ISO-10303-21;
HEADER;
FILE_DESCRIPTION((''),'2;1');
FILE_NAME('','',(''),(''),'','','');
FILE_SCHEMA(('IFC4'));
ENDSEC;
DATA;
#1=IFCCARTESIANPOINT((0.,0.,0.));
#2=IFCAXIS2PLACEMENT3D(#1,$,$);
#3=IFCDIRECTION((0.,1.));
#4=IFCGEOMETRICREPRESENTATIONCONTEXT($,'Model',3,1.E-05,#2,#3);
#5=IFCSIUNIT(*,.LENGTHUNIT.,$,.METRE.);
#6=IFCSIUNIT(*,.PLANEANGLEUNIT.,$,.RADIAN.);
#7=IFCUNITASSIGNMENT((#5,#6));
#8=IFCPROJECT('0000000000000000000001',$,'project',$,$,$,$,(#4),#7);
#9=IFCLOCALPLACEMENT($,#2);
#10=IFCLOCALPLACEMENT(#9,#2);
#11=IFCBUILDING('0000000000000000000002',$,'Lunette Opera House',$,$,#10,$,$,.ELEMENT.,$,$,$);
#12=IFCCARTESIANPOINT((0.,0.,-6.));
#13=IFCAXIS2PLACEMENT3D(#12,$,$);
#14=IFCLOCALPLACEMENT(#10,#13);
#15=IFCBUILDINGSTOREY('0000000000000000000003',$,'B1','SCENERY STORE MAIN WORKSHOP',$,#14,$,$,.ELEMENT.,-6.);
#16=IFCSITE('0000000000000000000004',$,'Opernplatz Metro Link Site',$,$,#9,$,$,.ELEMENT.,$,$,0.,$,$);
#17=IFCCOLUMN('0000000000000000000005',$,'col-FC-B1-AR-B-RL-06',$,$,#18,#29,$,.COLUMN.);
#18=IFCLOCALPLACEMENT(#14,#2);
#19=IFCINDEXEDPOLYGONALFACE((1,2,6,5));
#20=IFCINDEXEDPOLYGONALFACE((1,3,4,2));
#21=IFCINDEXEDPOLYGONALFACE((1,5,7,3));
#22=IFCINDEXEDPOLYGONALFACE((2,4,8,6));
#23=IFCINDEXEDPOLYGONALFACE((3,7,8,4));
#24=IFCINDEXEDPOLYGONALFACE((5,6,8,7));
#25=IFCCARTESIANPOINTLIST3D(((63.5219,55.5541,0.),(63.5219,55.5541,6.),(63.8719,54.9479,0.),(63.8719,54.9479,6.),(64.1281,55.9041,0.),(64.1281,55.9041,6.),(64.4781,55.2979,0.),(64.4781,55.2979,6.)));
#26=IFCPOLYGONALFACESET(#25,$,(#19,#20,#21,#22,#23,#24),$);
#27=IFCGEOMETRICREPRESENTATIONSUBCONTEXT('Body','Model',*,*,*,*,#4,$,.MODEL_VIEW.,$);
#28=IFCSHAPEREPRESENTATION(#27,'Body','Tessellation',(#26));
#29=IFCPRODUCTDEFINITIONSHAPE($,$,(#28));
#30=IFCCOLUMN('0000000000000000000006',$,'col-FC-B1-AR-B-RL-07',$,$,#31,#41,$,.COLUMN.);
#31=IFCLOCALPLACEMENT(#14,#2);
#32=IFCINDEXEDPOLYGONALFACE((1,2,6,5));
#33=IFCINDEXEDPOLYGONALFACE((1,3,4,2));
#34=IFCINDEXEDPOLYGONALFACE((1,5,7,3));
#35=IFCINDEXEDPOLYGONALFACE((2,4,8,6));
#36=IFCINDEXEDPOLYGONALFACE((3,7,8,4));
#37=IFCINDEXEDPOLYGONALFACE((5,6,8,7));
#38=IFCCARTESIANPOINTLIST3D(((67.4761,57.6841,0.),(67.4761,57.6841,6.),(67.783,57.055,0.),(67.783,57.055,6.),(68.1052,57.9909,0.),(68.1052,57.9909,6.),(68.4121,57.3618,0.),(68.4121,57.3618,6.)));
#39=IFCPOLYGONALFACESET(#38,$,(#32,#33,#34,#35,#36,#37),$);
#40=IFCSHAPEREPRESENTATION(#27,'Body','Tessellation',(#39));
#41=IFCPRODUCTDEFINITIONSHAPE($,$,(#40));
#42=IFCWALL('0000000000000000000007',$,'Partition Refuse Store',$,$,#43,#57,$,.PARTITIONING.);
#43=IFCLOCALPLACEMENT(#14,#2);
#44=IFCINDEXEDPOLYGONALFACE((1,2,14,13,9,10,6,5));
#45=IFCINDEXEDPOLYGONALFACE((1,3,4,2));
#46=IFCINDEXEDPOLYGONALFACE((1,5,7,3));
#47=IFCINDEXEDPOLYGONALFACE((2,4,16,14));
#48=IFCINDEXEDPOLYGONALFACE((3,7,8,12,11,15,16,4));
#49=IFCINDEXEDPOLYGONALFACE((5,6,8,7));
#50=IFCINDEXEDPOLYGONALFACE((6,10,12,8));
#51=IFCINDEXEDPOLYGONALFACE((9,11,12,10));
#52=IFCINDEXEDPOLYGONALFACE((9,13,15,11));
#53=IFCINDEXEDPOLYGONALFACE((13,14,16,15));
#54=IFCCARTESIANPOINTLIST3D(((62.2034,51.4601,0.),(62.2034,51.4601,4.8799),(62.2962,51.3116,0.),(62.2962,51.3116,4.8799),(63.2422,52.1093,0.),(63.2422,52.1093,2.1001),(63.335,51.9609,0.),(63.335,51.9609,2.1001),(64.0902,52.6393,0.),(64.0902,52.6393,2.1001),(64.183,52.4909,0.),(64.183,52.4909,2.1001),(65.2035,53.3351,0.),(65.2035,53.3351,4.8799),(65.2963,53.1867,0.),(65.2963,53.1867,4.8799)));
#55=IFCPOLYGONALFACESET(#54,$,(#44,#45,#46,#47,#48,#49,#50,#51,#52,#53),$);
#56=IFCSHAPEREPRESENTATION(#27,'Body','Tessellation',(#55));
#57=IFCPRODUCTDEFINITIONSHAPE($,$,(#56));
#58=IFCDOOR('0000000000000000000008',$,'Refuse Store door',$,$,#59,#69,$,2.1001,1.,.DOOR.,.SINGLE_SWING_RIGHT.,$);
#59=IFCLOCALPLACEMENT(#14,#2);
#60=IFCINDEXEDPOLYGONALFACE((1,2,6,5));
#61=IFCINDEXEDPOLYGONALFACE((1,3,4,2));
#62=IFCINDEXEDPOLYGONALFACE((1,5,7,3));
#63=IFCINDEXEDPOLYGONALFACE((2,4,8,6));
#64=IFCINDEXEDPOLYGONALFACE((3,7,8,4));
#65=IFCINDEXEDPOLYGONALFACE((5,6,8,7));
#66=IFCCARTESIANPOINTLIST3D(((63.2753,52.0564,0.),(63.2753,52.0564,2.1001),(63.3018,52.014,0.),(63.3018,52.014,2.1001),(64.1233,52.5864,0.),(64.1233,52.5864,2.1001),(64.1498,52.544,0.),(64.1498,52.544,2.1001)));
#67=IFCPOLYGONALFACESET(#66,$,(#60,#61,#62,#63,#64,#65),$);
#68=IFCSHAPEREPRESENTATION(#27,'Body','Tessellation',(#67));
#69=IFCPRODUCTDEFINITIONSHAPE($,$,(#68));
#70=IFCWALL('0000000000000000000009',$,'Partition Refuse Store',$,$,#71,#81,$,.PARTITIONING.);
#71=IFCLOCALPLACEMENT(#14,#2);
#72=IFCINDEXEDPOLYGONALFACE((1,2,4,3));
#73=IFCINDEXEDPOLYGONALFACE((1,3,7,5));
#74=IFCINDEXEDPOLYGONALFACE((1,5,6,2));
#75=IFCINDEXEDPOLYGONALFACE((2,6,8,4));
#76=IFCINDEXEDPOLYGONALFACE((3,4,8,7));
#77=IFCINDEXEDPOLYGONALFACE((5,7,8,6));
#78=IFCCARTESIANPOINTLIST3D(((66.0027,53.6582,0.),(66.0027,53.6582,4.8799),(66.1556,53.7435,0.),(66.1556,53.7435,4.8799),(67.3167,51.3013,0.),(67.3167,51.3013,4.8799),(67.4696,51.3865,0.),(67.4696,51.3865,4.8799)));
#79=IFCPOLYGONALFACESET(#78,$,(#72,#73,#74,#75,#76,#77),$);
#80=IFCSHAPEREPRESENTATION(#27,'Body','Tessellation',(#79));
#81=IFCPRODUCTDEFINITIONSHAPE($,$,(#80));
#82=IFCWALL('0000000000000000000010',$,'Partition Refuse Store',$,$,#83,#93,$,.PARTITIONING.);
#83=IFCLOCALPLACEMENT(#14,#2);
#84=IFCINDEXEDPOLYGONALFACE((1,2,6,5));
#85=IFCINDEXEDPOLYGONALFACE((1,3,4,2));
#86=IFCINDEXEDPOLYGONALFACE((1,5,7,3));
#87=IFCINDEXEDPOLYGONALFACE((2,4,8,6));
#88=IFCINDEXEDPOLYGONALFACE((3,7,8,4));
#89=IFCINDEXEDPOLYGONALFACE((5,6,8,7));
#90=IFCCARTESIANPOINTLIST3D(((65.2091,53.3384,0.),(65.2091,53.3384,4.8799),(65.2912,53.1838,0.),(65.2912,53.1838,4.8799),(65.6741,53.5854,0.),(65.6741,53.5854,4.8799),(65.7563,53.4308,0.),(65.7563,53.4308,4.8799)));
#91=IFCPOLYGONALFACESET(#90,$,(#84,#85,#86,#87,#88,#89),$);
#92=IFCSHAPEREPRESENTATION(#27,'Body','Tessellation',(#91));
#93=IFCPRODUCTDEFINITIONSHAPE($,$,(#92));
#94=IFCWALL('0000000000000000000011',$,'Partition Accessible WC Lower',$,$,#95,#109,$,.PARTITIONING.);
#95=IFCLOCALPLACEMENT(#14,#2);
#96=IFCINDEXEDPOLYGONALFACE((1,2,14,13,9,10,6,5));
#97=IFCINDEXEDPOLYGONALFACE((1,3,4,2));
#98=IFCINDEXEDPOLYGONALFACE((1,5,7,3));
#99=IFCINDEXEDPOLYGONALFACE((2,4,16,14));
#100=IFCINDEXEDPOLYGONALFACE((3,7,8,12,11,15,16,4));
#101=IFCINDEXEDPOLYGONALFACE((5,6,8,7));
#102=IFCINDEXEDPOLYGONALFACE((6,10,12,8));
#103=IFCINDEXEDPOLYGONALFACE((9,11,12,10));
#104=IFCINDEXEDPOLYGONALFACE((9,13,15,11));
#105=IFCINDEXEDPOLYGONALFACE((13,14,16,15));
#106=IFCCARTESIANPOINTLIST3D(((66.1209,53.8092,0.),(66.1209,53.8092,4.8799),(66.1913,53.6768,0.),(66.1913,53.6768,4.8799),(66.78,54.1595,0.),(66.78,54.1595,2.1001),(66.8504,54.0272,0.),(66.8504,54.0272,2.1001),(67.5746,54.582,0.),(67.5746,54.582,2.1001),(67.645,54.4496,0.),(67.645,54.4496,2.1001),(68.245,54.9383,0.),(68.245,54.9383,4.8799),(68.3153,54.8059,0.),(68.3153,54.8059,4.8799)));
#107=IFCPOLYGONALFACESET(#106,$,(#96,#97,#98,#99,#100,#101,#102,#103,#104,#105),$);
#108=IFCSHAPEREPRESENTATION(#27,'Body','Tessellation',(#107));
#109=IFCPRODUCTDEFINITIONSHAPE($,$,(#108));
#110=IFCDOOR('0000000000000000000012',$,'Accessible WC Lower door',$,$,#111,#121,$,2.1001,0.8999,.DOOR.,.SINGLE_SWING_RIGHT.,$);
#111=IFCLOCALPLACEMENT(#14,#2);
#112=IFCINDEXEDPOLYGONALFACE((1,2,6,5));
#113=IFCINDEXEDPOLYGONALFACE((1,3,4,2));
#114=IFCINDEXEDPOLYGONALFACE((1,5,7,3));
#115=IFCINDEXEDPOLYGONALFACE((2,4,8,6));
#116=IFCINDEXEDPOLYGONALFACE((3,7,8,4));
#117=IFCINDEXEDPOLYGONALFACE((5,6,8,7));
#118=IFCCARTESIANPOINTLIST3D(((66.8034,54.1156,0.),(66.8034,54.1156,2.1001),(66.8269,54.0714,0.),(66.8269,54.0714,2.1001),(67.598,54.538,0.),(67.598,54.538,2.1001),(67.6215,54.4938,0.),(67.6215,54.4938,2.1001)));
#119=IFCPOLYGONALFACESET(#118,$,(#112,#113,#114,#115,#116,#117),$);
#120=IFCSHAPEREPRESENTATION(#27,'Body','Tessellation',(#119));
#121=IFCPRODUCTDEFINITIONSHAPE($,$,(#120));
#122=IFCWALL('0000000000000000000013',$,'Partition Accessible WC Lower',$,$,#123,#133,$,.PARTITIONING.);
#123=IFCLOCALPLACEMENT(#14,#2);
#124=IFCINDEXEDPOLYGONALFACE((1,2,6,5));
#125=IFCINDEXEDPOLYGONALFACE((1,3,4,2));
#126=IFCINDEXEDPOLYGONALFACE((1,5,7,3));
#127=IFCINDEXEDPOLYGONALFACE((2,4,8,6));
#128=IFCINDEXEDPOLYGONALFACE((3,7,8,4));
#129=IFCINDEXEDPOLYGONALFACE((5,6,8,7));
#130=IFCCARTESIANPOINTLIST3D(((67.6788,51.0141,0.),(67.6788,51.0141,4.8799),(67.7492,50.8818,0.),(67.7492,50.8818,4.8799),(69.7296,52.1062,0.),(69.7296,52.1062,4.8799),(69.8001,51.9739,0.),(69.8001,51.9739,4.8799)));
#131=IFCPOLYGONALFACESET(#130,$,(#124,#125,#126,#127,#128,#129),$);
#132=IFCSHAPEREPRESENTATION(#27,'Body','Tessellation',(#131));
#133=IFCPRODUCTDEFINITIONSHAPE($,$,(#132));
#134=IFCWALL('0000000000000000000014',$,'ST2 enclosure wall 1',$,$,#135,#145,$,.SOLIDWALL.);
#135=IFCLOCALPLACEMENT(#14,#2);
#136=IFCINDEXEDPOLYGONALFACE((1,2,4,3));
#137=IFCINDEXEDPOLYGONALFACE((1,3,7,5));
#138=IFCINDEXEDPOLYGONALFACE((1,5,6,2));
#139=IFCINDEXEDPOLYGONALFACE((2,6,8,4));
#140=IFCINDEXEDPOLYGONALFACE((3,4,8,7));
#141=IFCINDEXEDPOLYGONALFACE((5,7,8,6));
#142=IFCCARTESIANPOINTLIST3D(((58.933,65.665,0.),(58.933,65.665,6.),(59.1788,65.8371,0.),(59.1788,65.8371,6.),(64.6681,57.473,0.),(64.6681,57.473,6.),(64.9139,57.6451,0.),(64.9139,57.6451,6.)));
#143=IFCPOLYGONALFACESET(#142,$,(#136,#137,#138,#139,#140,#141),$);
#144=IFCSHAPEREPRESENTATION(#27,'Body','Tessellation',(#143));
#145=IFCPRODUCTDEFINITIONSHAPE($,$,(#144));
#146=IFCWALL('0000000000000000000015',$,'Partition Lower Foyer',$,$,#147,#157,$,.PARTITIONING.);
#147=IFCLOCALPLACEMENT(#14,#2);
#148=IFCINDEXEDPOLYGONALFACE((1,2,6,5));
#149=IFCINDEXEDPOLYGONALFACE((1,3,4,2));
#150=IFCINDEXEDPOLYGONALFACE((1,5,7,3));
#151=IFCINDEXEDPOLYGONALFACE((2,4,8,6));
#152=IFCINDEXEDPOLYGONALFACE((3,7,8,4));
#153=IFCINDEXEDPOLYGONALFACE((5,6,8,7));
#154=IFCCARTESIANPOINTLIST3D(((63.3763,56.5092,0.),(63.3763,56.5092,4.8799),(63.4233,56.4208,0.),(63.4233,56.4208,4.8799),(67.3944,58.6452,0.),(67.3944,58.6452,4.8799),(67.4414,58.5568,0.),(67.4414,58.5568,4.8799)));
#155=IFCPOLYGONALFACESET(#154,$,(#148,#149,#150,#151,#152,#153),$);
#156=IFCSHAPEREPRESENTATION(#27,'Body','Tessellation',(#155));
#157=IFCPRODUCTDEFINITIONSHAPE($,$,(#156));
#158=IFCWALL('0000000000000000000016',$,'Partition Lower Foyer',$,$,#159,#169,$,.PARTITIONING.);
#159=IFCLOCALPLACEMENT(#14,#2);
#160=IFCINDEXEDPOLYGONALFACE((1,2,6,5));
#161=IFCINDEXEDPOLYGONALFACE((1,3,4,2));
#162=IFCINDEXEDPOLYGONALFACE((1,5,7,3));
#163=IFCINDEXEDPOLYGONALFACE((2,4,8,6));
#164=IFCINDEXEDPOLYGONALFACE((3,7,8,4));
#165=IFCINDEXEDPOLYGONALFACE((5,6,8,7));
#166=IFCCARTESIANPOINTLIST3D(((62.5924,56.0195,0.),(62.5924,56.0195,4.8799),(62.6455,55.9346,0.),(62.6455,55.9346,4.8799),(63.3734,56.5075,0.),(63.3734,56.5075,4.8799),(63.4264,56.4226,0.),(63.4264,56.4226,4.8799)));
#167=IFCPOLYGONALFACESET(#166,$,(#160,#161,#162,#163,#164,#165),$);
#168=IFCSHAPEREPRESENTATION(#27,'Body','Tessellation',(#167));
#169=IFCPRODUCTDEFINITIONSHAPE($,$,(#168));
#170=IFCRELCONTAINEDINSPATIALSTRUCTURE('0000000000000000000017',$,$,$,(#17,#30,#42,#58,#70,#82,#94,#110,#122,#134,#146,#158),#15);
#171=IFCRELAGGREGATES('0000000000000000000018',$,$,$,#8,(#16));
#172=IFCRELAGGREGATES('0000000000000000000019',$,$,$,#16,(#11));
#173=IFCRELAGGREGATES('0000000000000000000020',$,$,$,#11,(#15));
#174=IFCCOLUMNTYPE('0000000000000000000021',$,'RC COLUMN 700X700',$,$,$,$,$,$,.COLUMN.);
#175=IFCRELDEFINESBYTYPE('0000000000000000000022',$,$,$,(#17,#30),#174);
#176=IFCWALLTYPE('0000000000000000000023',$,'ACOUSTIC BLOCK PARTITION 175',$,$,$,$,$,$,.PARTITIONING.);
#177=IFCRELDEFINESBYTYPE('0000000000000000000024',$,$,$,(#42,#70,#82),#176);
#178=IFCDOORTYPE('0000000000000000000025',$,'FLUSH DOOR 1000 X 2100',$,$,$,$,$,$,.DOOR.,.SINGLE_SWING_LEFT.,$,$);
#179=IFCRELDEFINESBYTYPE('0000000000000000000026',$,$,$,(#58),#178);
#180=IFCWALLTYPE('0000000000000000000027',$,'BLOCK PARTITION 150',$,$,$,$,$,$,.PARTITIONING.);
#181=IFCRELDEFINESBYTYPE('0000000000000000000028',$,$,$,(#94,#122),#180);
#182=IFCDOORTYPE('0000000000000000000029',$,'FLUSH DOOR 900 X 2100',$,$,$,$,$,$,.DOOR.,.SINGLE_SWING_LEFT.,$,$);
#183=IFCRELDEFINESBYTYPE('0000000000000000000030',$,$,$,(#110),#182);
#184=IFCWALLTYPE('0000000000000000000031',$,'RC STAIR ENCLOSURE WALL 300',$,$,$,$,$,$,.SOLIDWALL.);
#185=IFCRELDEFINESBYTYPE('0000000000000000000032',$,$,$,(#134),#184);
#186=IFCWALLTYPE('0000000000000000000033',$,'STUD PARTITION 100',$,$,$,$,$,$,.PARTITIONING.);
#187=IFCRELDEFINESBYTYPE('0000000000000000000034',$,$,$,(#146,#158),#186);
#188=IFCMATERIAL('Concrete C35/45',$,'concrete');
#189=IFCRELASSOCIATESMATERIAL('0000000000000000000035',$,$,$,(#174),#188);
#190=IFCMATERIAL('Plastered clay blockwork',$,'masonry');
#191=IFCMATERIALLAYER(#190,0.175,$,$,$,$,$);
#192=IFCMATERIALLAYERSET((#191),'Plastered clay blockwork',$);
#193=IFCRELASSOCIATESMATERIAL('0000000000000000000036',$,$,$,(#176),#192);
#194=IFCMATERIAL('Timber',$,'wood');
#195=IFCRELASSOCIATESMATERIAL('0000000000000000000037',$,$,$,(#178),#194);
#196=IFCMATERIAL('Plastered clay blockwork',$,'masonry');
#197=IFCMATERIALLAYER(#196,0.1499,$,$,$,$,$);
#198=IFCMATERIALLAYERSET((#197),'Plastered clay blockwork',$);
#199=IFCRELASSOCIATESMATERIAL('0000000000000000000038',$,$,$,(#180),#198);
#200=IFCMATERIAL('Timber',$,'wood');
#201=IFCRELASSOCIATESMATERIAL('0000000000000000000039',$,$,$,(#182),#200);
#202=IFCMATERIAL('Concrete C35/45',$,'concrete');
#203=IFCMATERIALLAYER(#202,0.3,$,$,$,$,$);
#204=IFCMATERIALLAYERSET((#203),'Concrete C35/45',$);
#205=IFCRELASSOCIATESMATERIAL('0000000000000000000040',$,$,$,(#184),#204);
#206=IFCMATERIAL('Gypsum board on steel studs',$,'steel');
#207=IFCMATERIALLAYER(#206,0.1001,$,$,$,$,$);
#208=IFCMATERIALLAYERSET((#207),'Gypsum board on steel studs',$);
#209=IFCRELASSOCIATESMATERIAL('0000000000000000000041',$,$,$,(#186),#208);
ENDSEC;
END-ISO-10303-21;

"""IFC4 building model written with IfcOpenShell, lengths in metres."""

from ifc_helpers import new_model, si_unit, direction, frame, frame_2d, origin, origin_2d, place, context, subcontext, project, spatial, rectangle, extrude, material, layer, layer_set, material_profile, profile_set, type_object, element, fill, save


model = new_model("IFC4")

# Units and contexts
model_context = context("Model", 3, precision=1e-05, world=origin(), true_north=direction((0.0, 1.0)))
body_context = subcontext(model_context, "Body", "Model", "MODEL_VIEW")
ifc_project = project(units=[si_unit("LENGTHUNIT", "METRE"), si_unit("PLANEANGLEUNIT", "RADIAN")], contexts=[model_context])

# Site, building, storey
site_placement = place(None, origin())
site = spatial("IfcSite", under=ifc_project, at=site_placement, Name="Opernplatz Metro Link Site", CompositionType="ELEMENT", RefElevation=0.0)
building_placement = place(site_placement, origin())
building = spatial("IfcBuilding", under=site, at=building_placement, Name="Lunette Opera House", CompositionType="ELEMENT")
storey_placement = place(building_placement, frame((0.0, 0.0, -6.0)))
storey = spatial("IfcBuildingStorey", under=building, at=storey_placement, Name="B1", Description="SCENERY STORE MAIN WORKSHOP", CompositionType="ELEMENT", Elevation=-6.0)

# Columns
ifc_material_1 = material(Name="Concrete C35/45", Category="concrete")
ifc_material_profile_1 = material_profile(ifc_material_1, rectangle(XDim=0.7, YDim=0.7, at=origin_2d()), Name="RC COLUMN 700X700")
ifc_profile_set_1 = profile_set([ifc_material_profile_1], Name="Concrete C35/45")
column_type = type_object("IfcColumnType", Name="RC COLUMN 700X700", PredefinedType="COLUMN", material=ifc_profile_set_1)
for number, where, z_axis, x_axis, name in (
    (1, (64.0, 55.426, 0.0), (0.0, 0.0, 1.0), (0.866025, 0.5, 0.0), "col-FC-B1-AR-B-RL-06"),
    (2, (67.9441, 57.5229, 0.0), (0.0, 0.0, 1.0), (0.898794, 0.438371, 0.0), "col-FC-B1-AR-B-RL-07"),
):
    element("IfcColumn", number, at=place(storey_placement, frame(where, z_axis=z_axis, x_axis=x_axis)), inside=storey, type_object=column_type, Name=name, PredefinedType="COLUMN", context=body_context, shape_type="SweptSolid", body=[
        extrude(rectangle(XDim=0.7, YDim=0.7, at=origin_2d()), origin(), (0.0, 0.0, 1.0), 6.0),
    ])

# Wall, opening, door
ifc_material_2 = material(Name="Plastered clay blockwork", Category="masonry")
ifc_layer_1 = layer(ifc_material_2, 0.175)
ifc_layer_set_1 = layer_set([ifc_layer_1], Name="Plastered clay blockwork")
wall_type_1 = type_object("IfcWallType", Name="ACOUSTIC BLOCK PARTITION 175", PredefinedType="PARTITIONING", material=ifc_layer_set_1)
wall_1_placement = place(storey_placement, frame((65.25, 53.261, 0.0), z_axis=(0.0, 0.0, 1.0), x_axis=(-0.847998, -0.529999, 0.0)))
wall_1 = element("IfcWall", 3, at=wall_1_placement, inside=storey, type_object=wall_type_1, Name="Partition Refuse Store", PredefinedType="PARTITIONING", context=body_context, shape_type="SweptSolid", body=[
    extrude(rectangle(XDim=3.5378, YDim=0.175, at=frame_2d((1.769, 0.0))), origin(), (0.0, 0.0, 1.0), 4.8799),
])
opening_1_placement = place(wall_1_placement, frame((1.313, 0.0, 0.0)))
opening_1 = element("IfcOpeningElement", 4, at=opening_1_placement, cuts=wall_1, PredefinedType="OPENING", context=body_context, shape_type="SweptSolid", body=[
    extrude(rectangle(XDim=1.0, YDim=2.1001, at=frame_2d((0.5, 1.05))), frame((0.0, 0.0996, 0.0), z_axis=(0.0, -1.0, 0.0), x_axis=(1.0, 0.0, 0.0)), (0.0, 0.0, 1.0), 0.199),
])
ifc_material_3 = material(Name="Timber", Category="wood")
door_type_1 = type_object("IfcDoorType", Name="FLUSH DOOR 1000 X 2100", OperationType="SINGLE_SWING_LEFT", PredefinedType="DOOR", material=ifc_material_3)
door_1_placement = place(opening_1_placement, origin())
door_1 = element("IfcDoor", 5, at=door_1_placement, inside=storey, type_object=door_type_1, Name="Refuse Store door", OperationType="SINGLE_SWING_RIGHT", OverallHeight=2.1001, OverallWidth=1.0, PredefinedType="DOOR", context=body_context, shape_type="SweptSolid", body=[
    extrude(rectangle(XDim=1.0, YDim=2.1001, at=frame_2d((0.5, 1.05))), frame((0.0, 0.0249, 0.0), z_axis=(0.0, -1.0, 0.0), x_axis=(1.0, 0.0, 0.0)), (0.0, 0.0, 1.0), 0.05),
])
fill(opening_1, door_1)

# Walls
wall_2_placement = place(storey_placement, frame((67.3931, 51.344, 0.0), z_axis=(0.0, 0.0, 1.0), x_axis=(-0.486933, 0.873439, 0.0)))
element("IfcWall", 6, at=wall_2_placement, inside=storey, type_object=wall_type_1, Name="Partition Refuse Store", PredefinedType="PARTITIONING", context=body_context, shape_type="SweptSolid", body=[
    extrude(rectangle(XDim=2.6985, YDim=0.175, at=frame_2d((1.3491, 0.0))), origin(), (0.0, 0.0, 1.0), 4.8799),
])
wall_3_placement = place(storey_placement, frame((65.7151, 53.5081, 0.0), z_axis=(0.0, 0.0, 1.0), x_axis=(-0.883122, -0.469144, 0.0)))
element("IfcWall", 7, at=wall_3_placement, inside=storey, type_object=wall_type_1, Name="Partition Refuse Store", PredefinedType="PARTITIONING", context=body_context, shape_type="SweptSolid", body=[
    extrude(rectangle(XDim=0.5266, YDim=0.175, at=frame_2d((0.2632, 0.0))), origin(), (0.0, 0.0, 1.0), 4.8799),
])

# Wall, opening, door
ifc_material_4 = material(Name="Plastered clay blockwork", Category="masonry")
ifc_layer_2 = layer(ifc_material_4, 0.1499)
ifc_layer_set_2 = layer_set([ifc_layer_2], Name="Plastered clay blockwork")
wall_type_2 = type_object("IfcWallType", Name="BLOCK PARTITION 150", PredefinedType="PARTITIONING", material=ifc_layer_set_2)
wall_4_placement = place(storey_placement, frame((68.28, 54.8721, 0.0), z_axis=(0.0, 0.0, 1.0), x_axis=(-0.882984, -0.469403, 0.0)))
wall_4 = element("IfcWall", 8, at=wall_4_placement, inside=storey, type_object=wall_type_2, Name="Partition Accessible WC Lower", PredefinedType="PARTITIONING", context=body_context, shape_type="SweptSolid", body=[
    extrude(rectangle(XDim=2.4055, YDim=0.1499, at=frame_2d((1.2026, 0.0))), origin(), (0.0, 0.0, 1.0), 4.8799),
])
opening_2_placement = place(wall_4_placement, frame((0.759, 0.0, 0.0)))
opening_2 = element("IfcOpeningElement", 9, at=opening_2_placement, cuts=wall_4, PredefinedType="OPENING", context=body_context, shape_type="SweptSolid", body=[
    extrude(rectangle(XDim=0.8999, YDim=2.1001, at=frame_2d((0.45, 1.05))), frame((0.0, 0.0869, 0.0), z_axis=(0.0, -1.0, 0.0), x_axis=(1.0, 0.0, 0.0)), (0.0, 0.0, 1.0), 0.1738),
])
ifc_material_5 = material(Name="Timber", Category="wood")
door_type_2 = type_object("IfcDoorType", Name="FLUSH DOOR 900 X 2100", OperationType="SINGLE_SWING_LEFT", PredefinedType="DOOR", material=ifc_material_5)
door_2_placement = place(opening_2_placement, origin())
door_2 = element("IfcDoor", 10, at=door_2_placement, inside=storey, type_object=door_type_2, Name="Accessible WC Lower door", OperationType="SINGLE_SWING_RIGHT", OverallHeight=2.1001, OverallWidth=0.8999, PredefinedType="DOOR", context=body_context, shape_type="SweptSolid", body=[
    extrude(rectangle(XDim=0.8999, YDim=2.1001, at=frame_2d((0.45, 1.05))), frame((0.0, 0.0249, 0.0), z_axis=(0.0, -1.0, 0.0), x_axis=(1.0, 0.0, 0.0)), (0.0, 0.0, 1.0), 0.05),
])
fill(opening_2, door_2)

# Walls
wall_5_placement = place(storey_placement, frame((67.7141, 50.948, 0.0), z_axis=(0.0, 0.0, 1.0), x_axis=(0.882658, 0.470015, 0.0)))
element("IfcWall", 11, at=wall_5_placement, inside=storey, type_object=wall_type_2, Name="Partition Accessible WC Lower", PredefinedType="PARTITIONING", context=body_context, shape_type="SweptSolid", body=[
    extrude(rectangle(XDim=2.3235, YDim=0.1499, at=frame_2d((1.1616, 0.0))), origin(), (0.0, 0.0, 1.0), 4.8799),
])
ifc_material_6 = material(Name="Concrete C35/45", Category="concrete")
ifc_layer_3 = layer(ifc_material_6, 0.3)
ifc_layer_set_3 = layer_set([ifc_layer_3], Name="Concrete C35/45")
wall_type_3 = type_object("IfcWallType", Name="RC STAIR ENCLOSURE WALL 300", PredefinedType="SOLIDWALL", material=ifc_layer_set_3)
wall_6_placement = place(storey_placement, frame((64.791, 57.5591, 0.0), z_axis=(0.0, 0.0, 1.0), x_axis=(-0.573515, 0.819195, 0.0)))
element("IfcWall", 12, at=wall_6_placement, inside=storey, type_object=wall_type_3, Name="ST2 enclosure wall 1", PredefinedType="SOLIDWALL", context=body_context, shape_type="SweptSolid", body=[
    extrude(rectangle(XDim=10.0, YDim=0.3, at=frame_2d((5.0, 0.0))), origin(), (0.0, 0.0, 1.0), 6.0),
])
ifc_material_7 = material(Name="Gypsum board on steel studs", Category="steel")
ifc_layer_4 = layer(ifc_material_7, 0.1001)
ifc_layer_set_4 = layer_set([ifc_layer_4], Name="Gypsum board on steel studs")
wall_type_4 = type_object("IfcWallType", Name="STUD PARTITION 100", PredefinedType="PARTITIONING", material=ifc_layer_set_4)
wall_7_placement = place(storey_placement, frame((67.418, 58.6011, 0.0), z_axis=(0.0, 0.0, 1.0), x_axis=(-0.882989, -0.469393, 0.0)))
element("IfcWall", 13, at=wall_7_placement, inside=storey, type_object=wall_type_4, Name="Partition Lower Foyer", PredefinedType="PARTITIONING", context=body_context, shape_type="SweptSolid", body=[
    extrude(rectangle(XDim=4.5505, YDim=0.1001, at=frame_2d((2.2754, 0.0))), origin(), (0.0, 0.0, 1.0), 4.8799),
])
wall_8_placement = place(storey_placement, frame((63.3999, 56.4651, 0.0), z_axis=(0.0, 0.0, 1.0), x_axis=(-0.848043, -0.529927, 0.0)))
element("IfcWall", 14, at=wall_8_placement, inside=storey, type_object=wall_type_4, Name="Partition Lower Foyer", PredefinedType="PARTITIONING", context=body_context, shape_type="SweptSolid", body=[
    extrude(rectangle(XDim=0.9209, YDim=0.1001, at=frame_2d((0.4604, 0.0))), origin(), (0.0, 0.0, 1.0), 4.8799),
])

save(model, "model.ifc")
